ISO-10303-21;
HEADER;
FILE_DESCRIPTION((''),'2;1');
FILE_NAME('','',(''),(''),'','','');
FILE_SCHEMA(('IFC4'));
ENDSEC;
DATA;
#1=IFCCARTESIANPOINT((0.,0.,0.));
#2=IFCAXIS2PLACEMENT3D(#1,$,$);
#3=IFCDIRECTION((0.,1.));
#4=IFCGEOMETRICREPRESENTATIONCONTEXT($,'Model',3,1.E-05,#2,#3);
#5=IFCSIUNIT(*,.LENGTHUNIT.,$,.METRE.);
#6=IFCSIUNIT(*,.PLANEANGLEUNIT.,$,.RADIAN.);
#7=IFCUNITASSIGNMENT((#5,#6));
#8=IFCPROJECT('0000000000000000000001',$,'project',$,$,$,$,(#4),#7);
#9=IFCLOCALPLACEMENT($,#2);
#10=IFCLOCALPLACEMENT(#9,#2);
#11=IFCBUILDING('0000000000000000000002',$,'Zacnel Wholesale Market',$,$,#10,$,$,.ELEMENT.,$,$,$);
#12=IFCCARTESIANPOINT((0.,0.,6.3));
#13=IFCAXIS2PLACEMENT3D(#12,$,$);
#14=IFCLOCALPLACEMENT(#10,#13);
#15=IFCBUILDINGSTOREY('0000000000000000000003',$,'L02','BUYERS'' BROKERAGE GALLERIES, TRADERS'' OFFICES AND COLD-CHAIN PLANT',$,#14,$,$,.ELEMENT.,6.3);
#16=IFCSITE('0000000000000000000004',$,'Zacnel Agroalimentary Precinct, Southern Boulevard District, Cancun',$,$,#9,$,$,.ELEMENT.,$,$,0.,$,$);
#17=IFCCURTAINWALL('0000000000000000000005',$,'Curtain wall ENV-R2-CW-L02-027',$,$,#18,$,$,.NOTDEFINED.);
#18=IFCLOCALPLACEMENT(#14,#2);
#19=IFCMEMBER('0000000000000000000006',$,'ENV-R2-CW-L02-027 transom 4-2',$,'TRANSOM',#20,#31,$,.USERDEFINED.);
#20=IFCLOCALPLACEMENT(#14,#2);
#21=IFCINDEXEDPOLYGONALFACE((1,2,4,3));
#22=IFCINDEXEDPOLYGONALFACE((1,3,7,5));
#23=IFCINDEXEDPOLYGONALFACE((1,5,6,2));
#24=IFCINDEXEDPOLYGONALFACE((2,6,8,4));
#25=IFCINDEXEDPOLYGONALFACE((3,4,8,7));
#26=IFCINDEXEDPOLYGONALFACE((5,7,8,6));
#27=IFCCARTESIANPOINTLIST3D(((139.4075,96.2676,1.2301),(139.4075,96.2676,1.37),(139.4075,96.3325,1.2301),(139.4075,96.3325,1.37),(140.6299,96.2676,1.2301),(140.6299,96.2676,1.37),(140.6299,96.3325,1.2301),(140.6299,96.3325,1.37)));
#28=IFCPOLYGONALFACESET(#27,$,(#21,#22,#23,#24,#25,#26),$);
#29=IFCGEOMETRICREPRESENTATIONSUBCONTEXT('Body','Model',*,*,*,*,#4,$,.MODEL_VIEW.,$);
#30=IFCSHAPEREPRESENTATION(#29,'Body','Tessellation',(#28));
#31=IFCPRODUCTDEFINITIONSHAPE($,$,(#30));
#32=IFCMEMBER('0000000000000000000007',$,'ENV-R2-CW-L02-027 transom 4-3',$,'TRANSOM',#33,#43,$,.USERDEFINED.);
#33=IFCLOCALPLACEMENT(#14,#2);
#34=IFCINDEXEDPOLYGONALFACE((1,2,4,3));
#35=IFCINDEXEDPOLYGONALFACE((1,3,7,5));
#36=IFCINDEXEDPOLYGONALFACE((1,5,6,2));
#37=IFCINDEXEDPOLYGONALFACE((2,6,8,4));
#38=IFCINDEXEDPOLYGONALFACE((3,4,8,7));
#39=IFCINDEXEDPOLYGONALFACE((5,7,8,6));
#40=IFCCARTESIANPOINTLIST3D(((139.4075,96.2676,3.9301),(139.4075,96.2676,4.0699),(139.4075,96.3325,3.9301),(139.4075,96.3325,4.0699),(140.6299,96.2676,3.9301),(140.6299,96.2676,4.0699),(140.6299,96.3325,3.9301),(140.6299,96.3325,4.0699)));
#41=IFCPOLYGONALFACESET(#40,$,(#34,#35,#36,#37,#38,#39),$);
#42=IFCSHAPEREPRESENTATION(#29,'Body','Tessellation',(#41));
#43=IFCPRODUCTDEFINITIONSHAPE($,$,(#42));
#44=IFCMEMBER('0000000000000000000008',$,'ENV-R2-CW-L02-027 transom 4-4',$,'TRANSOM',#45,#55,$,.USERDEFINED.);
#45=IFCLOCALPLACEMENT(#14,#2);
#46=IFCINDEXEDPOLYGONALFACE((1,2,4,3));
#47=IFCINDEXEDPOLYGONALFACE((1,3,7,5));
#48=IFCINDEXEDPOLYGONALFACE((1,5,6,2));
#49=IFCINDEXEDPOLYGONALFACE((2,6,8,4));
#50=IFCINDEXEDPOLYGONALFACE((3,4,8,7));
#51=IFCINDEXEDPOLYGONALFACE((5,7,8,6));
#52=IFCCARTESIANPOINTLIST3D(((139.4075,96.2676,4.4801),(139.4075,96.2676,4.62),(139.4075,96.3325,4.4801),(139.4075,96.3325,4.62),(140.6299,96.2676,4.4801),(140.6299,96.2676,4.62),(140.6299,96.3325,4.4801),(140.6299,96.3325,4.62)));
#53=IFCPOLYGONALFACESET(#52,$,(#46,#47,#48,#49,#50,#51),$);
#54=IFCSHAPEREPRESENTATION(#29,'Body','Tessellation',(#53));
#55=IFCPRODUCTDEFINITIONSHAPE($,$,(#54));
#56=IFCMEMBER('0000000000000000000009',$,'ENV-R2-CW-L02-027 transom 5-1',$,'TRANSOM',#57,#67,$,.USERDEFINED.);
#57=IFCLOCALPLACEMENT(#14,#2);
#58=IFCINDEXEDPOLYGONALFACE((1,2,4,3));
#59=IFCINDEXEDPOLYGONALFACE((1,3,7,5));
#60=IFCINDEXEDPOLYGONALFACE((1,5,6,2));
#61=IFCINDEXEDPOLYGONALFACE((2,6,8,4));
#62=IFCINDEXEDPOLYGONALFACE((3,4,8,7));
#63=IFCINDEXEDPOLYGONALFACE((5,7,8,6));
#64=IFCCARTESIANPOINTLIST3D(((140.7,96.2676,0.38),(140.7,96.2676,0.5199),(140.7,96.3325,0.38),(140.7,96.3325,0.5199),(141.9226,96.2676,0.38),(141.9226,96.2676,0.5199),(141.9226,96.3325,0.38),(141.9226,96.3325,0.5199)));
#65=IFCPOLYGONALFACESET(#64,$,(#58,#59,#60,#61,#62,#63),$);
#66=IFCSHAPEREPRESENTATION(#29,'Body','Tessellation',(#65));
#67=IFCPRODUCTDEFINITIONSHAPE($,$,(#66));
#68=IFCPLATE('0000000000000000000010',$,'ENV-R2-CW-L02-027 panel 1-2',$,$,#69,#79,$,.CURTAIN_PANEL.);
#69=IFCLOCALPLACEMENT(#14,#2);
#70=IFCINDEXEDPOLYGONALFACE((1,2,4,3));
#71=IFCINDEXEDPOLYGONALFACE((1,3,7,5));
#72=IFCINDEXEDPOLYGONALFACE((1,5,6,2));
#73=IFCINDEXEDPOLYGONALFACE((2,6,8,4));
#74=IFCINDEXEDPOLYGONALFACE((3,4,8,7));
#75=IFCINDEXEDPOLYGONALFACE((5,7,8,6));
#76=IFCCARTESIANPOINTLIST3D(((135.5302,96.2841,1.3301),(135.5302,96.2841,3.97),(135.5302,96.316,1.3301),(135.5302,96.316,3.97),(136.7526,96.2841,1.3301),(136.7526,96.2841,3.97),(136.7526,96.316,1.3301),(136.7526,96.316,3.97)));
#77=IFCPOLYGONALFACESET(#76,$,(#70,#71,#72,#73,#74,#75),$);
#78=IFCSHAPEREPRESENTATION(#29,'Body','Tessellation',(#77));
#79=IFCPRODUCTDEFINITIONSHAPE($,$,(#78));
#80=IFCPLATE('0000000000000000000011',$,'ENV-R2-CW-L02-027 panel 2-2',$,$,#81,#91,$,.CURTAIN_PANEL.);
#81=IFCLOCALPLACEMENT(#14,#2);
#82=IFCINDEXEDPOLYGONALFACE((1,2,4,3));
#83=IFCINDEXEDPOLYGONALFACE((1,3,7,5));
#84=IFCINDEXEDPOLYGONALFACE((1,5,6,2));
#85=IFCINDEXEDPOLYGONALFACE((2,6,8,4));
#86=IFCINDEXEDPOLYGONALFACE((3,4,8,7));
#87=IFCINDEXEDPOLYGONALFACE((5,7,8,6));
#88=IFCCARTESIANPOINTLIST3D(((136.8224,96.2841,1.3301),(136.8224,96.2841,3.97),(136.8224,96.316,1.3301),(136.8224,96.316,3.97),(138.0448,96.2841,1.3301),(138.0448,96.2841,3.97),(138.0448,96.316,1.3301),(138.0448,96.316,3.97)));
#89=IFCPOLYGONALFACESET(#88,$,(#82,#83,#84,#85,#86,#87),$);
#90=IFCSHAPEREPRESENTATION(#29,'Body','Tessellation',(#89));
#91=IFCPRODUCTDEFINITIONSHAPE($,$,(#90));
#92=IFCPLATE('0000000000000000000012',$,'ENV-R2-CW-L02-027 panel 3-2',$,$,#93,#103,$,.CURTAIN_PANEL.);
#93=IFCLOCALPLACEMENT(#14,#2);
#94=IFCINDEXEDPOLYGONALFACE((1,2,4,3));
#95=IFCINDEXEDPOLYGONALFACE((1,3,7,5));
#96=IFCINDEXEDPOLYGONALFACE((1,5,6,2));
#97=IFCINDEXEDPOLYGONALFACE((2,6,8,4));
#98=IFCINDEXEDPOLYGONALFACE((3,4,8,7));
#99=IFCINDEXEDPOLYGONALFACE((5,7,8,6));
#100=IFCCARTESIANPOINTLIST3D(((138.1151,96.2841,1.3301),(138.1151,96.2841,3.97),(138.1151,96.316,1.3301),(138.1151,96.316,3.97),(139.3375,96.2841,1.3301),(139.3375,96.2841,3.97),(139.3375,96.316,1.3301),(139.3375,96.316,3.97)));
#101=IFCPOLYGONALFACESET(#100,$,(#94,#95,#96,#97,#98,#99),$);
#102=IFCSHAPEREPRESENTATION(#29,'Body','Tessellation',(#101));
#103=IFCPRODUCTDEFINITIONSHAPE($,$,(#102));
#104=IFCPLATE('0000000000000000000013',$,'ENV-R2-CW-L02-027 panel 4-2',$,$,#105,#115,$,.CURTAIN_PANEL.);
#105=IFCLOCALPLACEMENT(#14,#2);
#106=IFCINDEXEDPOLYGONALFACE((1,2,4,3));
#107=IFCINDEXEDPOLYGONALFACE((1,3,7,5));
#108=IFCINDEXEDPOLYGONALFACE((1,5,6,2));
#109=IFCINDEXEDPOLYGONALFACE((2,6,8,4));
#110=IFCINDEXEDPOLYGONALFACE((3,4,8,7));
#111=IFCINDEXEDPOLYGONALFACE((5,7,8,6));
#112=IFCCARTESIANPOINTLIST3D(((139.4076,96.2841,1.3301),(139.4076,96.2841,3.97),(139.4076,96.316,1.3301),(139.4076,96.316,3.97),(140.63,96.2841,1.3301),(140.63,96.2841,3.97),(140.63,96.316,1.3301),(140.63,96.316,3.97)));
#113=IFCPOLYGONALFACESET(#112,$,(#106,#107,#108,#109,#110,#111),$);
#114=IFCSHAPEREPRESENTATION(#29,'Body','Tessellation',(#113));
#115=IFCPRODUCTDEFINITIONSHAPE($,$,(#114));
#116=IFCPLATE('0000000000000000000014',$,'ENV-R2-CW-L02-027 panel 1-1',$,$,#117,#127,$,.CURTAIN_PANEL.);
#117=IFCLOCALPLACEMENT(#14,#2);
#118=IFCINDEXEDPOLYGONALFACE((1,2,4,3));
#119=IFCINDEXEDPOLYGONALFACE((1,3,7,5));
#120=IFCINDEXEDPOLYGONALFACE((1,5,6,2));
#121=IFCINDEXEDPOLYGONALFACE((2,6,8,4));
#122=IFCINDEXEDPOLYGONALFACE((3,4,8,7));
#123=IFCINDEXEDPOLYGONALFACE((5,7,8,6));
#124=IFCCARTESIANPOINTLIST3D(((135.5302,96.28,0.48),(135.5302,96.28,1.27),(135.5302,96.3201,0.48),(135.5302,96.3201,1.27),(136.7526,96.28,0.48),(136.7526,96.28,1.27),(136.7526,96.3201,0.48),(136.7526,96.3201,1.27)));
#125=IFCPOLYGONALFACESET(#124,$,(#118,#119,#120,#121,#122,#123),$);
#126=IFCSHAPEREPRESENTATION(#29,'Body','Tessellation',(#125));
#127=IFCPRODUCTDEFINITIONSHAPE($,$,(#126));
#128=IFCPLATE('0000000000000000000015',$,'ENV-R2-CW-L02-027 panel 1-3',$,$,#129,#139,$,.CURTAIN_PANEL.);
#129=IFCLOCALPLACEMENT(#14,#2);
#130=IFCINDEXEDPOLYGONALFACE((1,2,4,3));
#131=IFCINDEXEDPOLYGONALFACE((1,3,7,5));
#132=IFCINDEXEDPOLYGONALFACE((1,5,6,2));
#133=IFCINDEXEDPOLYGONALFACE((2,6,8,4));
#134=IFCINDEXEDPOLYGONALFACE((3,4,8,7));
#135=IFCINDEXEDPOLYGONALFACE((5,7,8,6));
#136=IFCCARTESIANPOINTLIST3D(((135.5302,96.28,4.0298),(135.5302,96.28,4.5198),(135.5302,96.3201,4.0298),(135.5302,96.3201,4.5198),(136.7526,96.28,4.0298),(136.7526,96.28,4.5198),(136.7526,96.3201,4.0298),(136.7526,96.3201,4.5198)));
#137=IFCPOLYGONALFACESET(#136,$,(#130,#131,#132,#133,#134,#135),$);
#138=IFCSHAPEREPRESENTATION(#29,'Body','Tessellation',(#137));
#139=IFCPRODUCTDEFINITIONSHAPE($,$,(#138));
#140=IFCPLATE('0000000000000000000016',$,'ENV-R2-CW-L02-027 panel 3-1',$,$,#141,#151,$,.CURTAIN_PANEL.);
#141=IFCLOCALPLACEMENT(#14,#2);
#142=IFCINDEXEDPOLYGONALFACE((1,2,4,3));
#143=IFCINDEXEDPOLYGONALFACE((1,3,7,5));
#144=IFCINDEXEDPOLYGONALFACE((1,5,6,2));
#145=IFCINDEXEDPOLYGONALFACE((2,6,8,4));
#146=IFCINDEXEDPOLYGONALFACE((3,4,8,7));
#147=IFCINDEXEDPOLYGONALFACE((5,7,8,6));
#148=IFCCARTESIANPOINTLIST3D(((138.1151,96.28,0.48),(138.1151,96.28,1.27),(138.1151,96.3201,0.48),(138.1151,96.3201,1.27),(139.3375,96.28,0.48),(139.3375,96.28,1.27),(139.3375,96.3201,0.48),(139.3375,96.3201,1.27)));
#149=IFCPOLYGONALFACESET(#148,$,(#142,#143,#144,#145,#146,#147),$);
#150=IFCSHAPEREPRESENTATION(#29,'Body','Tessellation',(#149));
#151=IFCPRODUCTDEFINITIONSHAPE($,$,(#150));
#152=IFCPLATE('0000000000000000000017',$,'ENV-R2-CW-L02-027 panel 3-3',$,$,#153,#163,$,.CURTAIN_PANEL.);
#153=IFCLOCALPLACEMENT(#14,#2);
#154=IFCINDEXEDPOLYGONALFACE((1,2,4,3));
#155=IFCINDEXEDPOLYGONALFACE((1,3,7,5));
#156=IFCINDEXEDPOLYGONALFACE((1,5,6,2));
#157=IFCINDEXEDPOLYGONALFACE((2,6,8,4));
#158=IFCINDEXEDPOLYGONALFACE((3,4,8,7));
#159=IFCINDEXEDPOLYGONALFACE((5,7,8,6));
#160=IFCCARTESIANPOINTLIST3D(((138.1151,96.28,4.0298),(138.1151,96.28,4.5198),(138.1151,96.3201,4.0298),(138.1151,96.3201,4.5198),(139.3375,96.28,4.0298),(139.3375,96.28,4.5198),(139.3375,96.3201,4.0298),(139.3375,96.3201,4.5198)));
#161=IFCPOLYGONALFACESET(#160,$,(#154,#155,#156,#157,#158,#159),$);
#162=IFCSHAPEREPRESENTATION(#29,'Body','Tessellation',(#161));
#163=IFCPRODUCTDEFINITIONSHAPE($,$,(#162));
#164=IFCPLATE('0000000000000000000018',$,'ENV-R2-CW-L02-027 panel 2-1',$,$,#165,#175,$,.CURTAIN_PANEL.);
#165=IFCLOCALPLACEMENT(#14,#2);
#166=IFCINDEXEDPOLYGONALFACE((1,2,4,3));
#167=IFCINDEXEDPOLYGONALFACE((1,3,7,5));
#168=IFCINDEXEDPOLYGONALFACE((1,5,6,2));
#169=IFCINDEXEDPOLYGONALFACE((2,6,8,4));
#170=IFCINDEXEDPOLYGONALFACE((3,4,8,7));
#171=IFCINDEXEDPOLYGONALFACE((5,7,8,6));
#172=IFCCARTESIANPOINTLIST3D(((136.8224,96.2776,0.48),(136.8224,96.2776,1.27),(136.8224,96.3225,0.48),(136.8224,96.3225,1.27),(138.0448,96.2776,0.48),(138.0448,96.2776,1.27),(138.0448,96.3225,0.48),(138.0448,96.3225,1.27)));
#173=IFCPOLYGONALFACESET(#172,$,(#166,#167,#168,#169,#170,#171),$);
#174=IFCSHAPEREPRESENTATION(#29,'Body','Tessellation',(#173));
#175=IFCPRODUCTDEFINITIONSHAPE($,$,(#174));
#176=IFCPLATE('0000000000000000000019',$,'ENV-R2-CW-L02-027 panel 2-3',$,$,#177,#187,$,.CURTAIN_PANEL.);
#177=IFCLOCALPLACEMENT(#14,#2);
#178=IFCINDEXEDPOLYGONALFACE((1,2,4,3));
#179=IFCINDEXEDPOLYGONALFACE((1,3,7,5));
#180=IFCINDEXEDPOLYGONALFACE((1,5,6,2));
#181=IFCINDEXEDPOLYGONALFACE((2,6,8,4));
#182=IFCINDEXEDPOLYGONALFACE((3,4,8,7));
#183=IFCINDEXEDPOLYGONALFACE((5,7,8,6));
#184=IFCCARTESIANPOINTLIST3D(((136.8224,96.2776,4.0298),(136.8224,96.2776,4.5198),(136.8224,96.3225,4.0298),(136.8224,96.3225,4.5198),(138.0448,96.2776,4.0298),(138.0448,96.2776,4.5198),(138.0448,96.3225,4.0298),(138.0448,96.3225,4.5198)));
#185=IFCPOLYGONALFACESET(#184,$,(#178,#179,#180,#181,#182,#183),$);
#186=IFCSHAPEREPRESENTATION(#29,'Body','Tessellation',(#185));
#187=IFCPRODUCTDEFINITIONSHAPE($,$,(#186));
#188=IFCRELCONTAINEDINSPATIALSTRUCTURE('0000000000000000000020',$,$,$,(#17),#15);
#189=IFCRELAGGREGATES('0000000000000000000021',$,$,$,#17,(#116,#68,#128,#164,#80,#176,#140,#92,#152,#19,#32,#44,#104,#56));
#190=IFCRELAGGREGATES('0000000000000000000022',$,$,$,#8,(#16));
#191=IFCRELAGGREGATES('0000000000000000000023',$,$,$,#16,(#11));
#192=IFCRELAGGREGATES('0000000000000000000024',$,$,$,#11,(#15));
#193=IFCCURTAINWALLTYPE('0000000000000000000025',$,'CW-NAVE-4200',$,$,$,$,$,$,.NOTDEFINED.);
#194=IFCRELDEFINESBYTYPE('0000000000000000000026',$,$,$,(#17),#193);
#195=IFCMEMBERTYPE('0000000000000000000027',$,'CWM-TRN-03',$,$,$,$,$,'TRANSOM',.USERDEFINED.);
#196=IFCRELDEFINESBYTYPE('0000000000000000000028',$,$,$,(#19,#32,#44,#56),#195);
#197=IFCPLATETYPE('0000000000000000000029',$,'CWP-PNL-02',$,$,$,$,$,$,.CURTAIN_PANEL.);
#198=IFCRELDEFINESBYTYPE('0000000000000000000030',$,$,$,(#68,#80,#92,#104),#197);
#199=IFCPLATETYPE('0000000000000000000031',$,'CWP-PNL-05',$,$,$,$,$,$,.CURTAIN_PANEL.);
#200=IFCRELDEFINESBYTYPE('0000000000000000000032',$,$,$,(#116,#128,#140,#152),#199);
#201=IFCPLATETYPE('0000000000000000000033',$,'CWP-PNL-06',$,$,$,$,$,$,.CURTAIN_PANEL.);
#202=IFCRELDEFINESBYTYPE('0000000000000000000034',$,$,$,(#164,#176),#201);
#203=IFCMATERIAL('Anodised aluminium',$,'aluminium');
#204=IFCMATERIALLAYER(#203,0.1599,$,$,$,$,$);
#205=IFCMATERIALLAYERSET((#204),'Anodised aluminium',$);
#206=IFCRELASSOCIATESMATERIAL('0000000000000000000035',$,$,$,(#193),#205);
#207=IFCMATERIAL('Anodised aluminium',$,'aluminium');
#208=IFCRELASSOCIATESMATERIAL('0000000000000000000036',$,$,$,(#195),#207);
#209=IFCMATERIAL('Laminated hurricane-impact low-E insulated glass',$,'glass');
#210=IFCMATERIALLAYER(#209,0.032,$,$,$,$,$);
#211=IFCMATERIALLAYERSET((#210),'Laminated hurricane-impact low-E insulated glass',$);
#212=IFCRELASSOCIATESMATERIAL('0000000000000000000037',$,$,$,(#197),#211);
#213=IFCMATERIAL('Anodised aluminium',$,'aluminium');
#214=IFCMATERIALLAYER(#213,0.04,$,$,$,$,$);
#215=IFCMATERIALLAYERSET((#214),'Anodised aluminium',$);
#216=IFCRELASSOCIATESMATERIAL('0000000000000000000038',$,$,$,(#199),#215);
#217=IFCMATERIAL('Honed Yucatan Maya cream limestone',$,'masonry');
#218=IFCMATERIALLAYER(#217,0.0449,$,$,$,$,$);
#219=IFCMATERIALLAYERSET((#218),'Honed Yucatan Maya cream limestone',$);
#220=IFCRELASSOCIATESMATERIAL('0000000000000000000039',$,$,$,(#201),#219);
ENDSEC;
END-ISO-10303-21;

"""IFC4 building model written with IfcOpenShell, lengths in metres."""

from ifc_helpers import new_model, si_unit, direction, frame, origin, origin_2d, place, context, subcontext, project, spatial, rectangle, extrude, material, layer, layer_set, material_profile, profile_set, type_object, element, aggregate, save


model = new_model("IFC4")

# Units and contexts
model_context = context("Model", 3, precision=1e-05, world=origin(), true_north=direction((0.0, 1.0)))
body_context = subcontext(model_context, "Body", "Model", "MODEL_VIEW")
ifc_project = project(units=[si_unit("LENGTHUNIT", "METRE"), si_unit("PLANEANGLEUNIT", "RADIAN")], contexts=[model_context])

# Site, building, storey
site_placement = place(None, origin())
site = spatial("IfcSite", under=ifc_project, at=site_placement, Name="Zacnel Agroalimentary Precinct, Southern Boulevard District, Cancun", CompositionType="ELEMENT", RefElevation=0.0)
building_placement = place(site_placement, origin())
building = spatial("IfcBuilding", under=site, at=building_placement, Name="Zacnel Wholesale Market", CompositionType="ELEMENT")
storey_placement = place(building_placement, frame((0.0, 0.0, 6.3)))
storey = spatial("IfcBuildingStorey", under=building, at=storey_placement, Name="L02", Description="BUYERS' BROKERAGE GALLERIES, TRADERS' OFFICES AND COLD-CHAIN PLANT", CompositionType="ELEMENT", Elevation=6.3)

# Curtain wall, members, plates
ifc_material_1 = material(Name="Anodised aluminium", Category="aluminium")
ifc_layer_1 = layer(ifc_material_1, 0.1599)
ifc_layer_set_1 = layer_set([ifc_layer_1], Name="Anodised aluminium")
curtain_wall_type = type_object("IfcCurtainWallType", Name="CW-NAVE-4200", PredefinedType="NOTDEFINED", material=ifc_layer_set_1)
curtain_wall_placement = place(storey_placement, origin())
curtain_wall = element("IfcCurtainWall", 1, at=curtain_wall_placement, inside=storey, type_object=curtain_wall_type, Name="Curtain wall ENV-R2-CW-L02-027", PredefinedType="NOTDEFINED")
ifc_material_2 = material(Name="Anodised aluminium", Category="aluminium")
ifc_material_profile_1 = material_profile(ifc_material_2, rectangle(XDim=0.0649, YDim=0.1399, at=origin_2d()), Name="AW-TRANSOM 65x140")
ifc_profile_set_1 = profile_set([ifc_material_profile_1], Name="Anodised aluminium")
member_type_1 = type_object("IfcMemberType", Name="CWM-TRN-03", ElementType="TRANSOM", PredefinedType="USERDEFINED", material=ifc_profile_set_1)
member_1_placement = place(storey_placement, frame((139.4075, 96.3, 1.3), z_axis=(1.0, 0.0, 0.0), x_axis=(0.0, 1.0, 0.0)))
member_1 = element("IfcMember", 2, at=member_1_placement, type_object=member_type_1, Name="ENV-R2-CW-L02-027 transom 4-2", ObjectType="TRANSOM", PredefinedType="USERDEFINED", context=body_context, shape_type="SweptSolid", body=[
    extrude(rectangle(XDim=0.0649, YDim=0.1399, at=origin_2d()), origin(), (0.0, 0.0, 1.0), 1.2224),
])
member_2_placement = place(storey_placement, frame((139.4075, 96.3, 4.0), z_axis=(1.0, 0.0, 0.0), x_axis=(0.0, 1.0, 0.0)))
member_2 = element("IfcMember", 3, at=member_2_placement, type_object=member_type_1, Name="ENV-R2-CW-L02-027 transom 4-3", ObjectType="TRANSOM", PredefinedType="USERDEFINED", context=body_context, shape_type="SweptSolid", body=[
    extrude(rectangle(XDim=0.0649, YDim=0.1399, at=origin_2d()), origin(), (0.0, 0.0, 1.0), 1.2224),
])
member_3_placement = place(storey_placement, frame((139.4075, 96.3, 4.55), z_axis=(1.0, 0.0, 0.0), x_axis=(0.0, 1.0, 0.0)))
member_3 = element("IfcMember", 4, at=member_3_placement, type_object=member_type_1, Name="ENV-R2-CW-L02-027 transom 4-4", ObjectType="TRANSOM", PredefinedType="USERDEFINED", context=body_context, shape_type="SweptSolid", body=[
    extrude(rectangle(XDim=0.0649, YDim=0.1399, at=origin_2d()), origin(), (0.0, 0.0, 1.0), 1.2224),
])
member_4_placement = place(storey_placement, frame((140.7, 96.3, 0.45), z_axis=(1.0, 0.0, 0.0), x_axis=(0.0, 1.0, 0.0)))
member_4 = element("IfcMember", 5, at=member_4_placement, type_object=member_type_1, Name="ENV-R2-CW-L02-027 transom 5-1", ObjectType="TRANSOM", PredefinedType="USERDEFINED", context=body_context, shape_type="SweptSolid", body=[
    extrude(rectangle(XDim=0.0649, YDim=0.1399, at=origin_2d()), origin(), (0.0, 0.0, 1.0), 1.2227),
])
ifc_material_3 = material(Name="Laminated hurricane-impact low-E insulated glass", Category="glass")
ifc_layer_2 = layer(ifc_material_3, 0.032)
ifc_layer_set_2 = layer_set([ifc_layer_2], Name="Laminated hurricane-impact low-E insulated glass")
plate_type_1 = type_object("IfcPlateType", Name="CWP-PNL-02", PredefinedType="CURTAIN_PANEL", material=ifc_layer_set_2)
plate_1_placement = place(storey_placement, frame((136.1414, 96.3, 1.3301), z_axis=(0.0, 0.0, 1.0), x_axis=(1.0, 0.0, 0.0)))
plate_1 = element("IfcPlate", 6, at=plate_1_placement, type_object=plate_type_1, Name="ENV-R2-CW-L02-027 panel 1-2", PredefinedType="CURTAIN_PANEL", context=body_context, shape_type="SweptSolid", body=[
    extrude(rectangle(XDim=1.2224, YDim=0.032, at=origin_2d()), origin(), (0.0, 0.0, 1.0), 2.6399),
])
plate_2_placement = place(storey_placement, frame((137.4336, 96.3, 1.3301), z_axis=(0.0, 0.0, 1.0), x_axis=(1.0, 0.0, 0.0)))
plate_2 = element("IfcPlate", 7, at=plate_2_placement, type_object=plate_type_1, Name="ENV-R2-CW-L02-027 panel 2-2", PredefinedType="CURTAIN_PANEL", context=body_context, shape_type="SweptSolid", body=[
    extrude(rectangle(XDim=1.2224, YDim=0.032, at=origin_2d()), origin(), (0.0, 0.0, 1.0), 2.6399),
])
plate_3_placement = place(storey_placement, frame((138.7263, 96.3, 1.3301), z_axis=(0.0, 0.0, 1.0), x_axis=(1.0, 0.0, 0.0)))
plate_3 = element("IfcPlate", 8, at=plate_3_placement, type_object=plate_type_1, Name="ENV-R2-CW-L02-027 panel 3-2", PredefinedType="CURTAIN_PANEL", context=body_context, shape_type="SweptSolid", body=[
    extrude(rectangle(XDim=1.2224, YDim=0.032, at=origin_2d()), origin(), (0.0, 0.0, 1.0), 2.6399),
])
plate_4_placement = place(storey_placement, frame((140.0188, 96.3, 1.3301), z_axis=(0.0, 0.0, 1.0), x_axis=(1.0, 0.0, 0.0)))
plate_4 = element("IfcPlate", 9, at=plate_4_placement, type_object=plate_type_1, Name="ENV-R2-CW-L02-027 panel 4-2", PredefinedType="CURTAIN_PANEL", context=body_context, shape_type="SweptSolid", body=[
    extrude(rectangle(XDim=1.2224, YDim=0.032, at=origin_2d()), origin(), (0.0, 0.0, 1.0), 2.6399),
])
ifc_material_4 = material(Name="Anodised aluminium", Category="aluminium")
ifc_layer_3 = layer(ifc_material_4, 0.04)
ifc_layer_set_3 = layer_set([ifc_layer_3], Name="Anodised aluminium")
plate_type_2 = type_object("IfcPlateType", Name="CWP-PNL-05", PredefinedType="CURTAIN_PANEL", material=ifc_layer_set_3)
plate_5_placement = place(storey_placement, frame((136.1414, 96.3, 0.48), z_axis=(0.0, 0.0, 1.0), x_axis=(1.0, 0.0, 0.0)))
plate_5 = element("IfcPlate", 10, at=plate_5_placement, type_object=plate_type_2, Name="ENV-R2-CW-L02-027 panel 1-1", PredefinedType="CURTAIN_PANEL", context=body_context, shape_type="SweptSolid", body=[
    extrude(rectangle(XDim=1.2224, YDim=0.04, at=origin_2d()), origin(), (0.0, 0.0, 1.0), 0.79),
])
plate_6_placement = place(storey_placement, frame((136.1414, 96.3, 4.0298), z_axis=(0.0, 0.0, 1.0), x_axis=(1.0, 0.0, 0.0)))
plate_6 = element("IfcPlate", 11, at=plate_6_placement, type_object=plate_type_2, Name="ENV-R2-CW-L02-027 panel 1-3", PredefinedType="CURTAIN_PANEL", context=body_context, shape_type="SweptSolid", body=[
    extrude(rectangle(XDim=1.2224, YDim=0.04, at=origin_2d()), origin(), (0.0, 0.0, 1.0), 0.49),
])
plate_7_placement = place(storey_placement, frame((138.7263, 96.3, 0.48), z_axis=(0.0, 0.0, 1.0), x_axis=(1.0, 0.0, 0.0)))
plate_7 = element("IfcPlate", 12, at=plate_7_placement, type_object=plate_type_2, Name="ENV-R2-CW-L02-027 panel 3-1", PredefinedType="CURTAIN_PANEL", context=body_context, shape_type="SweptSolid", body=[
    extrude(rectangle(XDim=1.2224, YDim=0.04, at=origin_2d()), origin(), (0.0, 0.0, 1.0), 0.79),
])
plate_8_placement = place(storey_placement, frame((138.7263, 96.3, 4.0298), z_axis=(0.0, 0.0, 1.0), x_axis=(1.0, 0.0, 0.0)))
plate_8 = element("IfcPlate", 13, at=plate_8_placement, type_object=plate_type_2, Name="ENV-R2-CW-L02-027 panel 3-3", PredefinedType="CURTAIN_PANEL", context=body_context, shape_type="SweptSolid", body=[
    extrude(rectangle(XDim=1.2224, YDim=0.04, at=origin_2d()), origin(), (0.0, 0.0, 1.0), 0.49),
])
ifc_material_5 = material(Name="Honed Yucatan Maya cream limestone", Category="masonry")
ifc_layer_4 = layer(ifc_material_5, 0.0449)
ifc_layer_set_4 = layer_set([ifc_layer_4], Name="Honed Yucatan Maya cream limestone")
plate_type_3 = type_object("IfcPlateType", Name="CWP-PNL-06", PredefinedType="CURTAIN_PANEL", material=ifc_layer_set_4)
plate_9_placement = place(storey_placement, frame((137.4336, 96.3, 0.48), z_axis=(0.0, 0.0, 1.0), x_axis=(1.0, 0.0, 0.0)))
plate_9 = element("IfcPlate", 14, at=plate_9_placement, type_object=plate_type_3, Name="ENV-R2-CW-L02-027 panel 2-1", PredefinedType="CURTAIN_PANEL", context=body_context, shape_type="SweptSolid", body=[
    extrude(rectangle(XDim=1.2224, YDim=0.0449, at=origin_2d()), origin(), (0.0, 0.0, 1.0), 0.79),
])
plate_10_placement = place(storey_placement, frame((137.4336, 96.3, 4.0298), z_axis=(0.0, 0.0, 1.0), x_axis=(1.0, 0.0, 0.0)))
plate_10 = element("IfcPlate", 15, at=plate_10_placement, type_object=plate_type_3, Name="ENV-R2-CW-L02-027 panel 2-3", PredefinedType="CURTAIN_PANEL", context=body_context, shape_type="SweptSolid", body=[
    extrude(rectangle(XDim=1.2224, YDim=0.0449, at=origin_2d()), origin(), (0.0, 0.0, 1.0), 0.49),
])
aggregate(curtain_wall, [plate_5, plate_1, plate_6, plate_9, plate_2, plate_10, plate_7, plate_3, plate_8, member_1, member_2, member_3, plate_4, member_4])

save(model, "model.ifc")
